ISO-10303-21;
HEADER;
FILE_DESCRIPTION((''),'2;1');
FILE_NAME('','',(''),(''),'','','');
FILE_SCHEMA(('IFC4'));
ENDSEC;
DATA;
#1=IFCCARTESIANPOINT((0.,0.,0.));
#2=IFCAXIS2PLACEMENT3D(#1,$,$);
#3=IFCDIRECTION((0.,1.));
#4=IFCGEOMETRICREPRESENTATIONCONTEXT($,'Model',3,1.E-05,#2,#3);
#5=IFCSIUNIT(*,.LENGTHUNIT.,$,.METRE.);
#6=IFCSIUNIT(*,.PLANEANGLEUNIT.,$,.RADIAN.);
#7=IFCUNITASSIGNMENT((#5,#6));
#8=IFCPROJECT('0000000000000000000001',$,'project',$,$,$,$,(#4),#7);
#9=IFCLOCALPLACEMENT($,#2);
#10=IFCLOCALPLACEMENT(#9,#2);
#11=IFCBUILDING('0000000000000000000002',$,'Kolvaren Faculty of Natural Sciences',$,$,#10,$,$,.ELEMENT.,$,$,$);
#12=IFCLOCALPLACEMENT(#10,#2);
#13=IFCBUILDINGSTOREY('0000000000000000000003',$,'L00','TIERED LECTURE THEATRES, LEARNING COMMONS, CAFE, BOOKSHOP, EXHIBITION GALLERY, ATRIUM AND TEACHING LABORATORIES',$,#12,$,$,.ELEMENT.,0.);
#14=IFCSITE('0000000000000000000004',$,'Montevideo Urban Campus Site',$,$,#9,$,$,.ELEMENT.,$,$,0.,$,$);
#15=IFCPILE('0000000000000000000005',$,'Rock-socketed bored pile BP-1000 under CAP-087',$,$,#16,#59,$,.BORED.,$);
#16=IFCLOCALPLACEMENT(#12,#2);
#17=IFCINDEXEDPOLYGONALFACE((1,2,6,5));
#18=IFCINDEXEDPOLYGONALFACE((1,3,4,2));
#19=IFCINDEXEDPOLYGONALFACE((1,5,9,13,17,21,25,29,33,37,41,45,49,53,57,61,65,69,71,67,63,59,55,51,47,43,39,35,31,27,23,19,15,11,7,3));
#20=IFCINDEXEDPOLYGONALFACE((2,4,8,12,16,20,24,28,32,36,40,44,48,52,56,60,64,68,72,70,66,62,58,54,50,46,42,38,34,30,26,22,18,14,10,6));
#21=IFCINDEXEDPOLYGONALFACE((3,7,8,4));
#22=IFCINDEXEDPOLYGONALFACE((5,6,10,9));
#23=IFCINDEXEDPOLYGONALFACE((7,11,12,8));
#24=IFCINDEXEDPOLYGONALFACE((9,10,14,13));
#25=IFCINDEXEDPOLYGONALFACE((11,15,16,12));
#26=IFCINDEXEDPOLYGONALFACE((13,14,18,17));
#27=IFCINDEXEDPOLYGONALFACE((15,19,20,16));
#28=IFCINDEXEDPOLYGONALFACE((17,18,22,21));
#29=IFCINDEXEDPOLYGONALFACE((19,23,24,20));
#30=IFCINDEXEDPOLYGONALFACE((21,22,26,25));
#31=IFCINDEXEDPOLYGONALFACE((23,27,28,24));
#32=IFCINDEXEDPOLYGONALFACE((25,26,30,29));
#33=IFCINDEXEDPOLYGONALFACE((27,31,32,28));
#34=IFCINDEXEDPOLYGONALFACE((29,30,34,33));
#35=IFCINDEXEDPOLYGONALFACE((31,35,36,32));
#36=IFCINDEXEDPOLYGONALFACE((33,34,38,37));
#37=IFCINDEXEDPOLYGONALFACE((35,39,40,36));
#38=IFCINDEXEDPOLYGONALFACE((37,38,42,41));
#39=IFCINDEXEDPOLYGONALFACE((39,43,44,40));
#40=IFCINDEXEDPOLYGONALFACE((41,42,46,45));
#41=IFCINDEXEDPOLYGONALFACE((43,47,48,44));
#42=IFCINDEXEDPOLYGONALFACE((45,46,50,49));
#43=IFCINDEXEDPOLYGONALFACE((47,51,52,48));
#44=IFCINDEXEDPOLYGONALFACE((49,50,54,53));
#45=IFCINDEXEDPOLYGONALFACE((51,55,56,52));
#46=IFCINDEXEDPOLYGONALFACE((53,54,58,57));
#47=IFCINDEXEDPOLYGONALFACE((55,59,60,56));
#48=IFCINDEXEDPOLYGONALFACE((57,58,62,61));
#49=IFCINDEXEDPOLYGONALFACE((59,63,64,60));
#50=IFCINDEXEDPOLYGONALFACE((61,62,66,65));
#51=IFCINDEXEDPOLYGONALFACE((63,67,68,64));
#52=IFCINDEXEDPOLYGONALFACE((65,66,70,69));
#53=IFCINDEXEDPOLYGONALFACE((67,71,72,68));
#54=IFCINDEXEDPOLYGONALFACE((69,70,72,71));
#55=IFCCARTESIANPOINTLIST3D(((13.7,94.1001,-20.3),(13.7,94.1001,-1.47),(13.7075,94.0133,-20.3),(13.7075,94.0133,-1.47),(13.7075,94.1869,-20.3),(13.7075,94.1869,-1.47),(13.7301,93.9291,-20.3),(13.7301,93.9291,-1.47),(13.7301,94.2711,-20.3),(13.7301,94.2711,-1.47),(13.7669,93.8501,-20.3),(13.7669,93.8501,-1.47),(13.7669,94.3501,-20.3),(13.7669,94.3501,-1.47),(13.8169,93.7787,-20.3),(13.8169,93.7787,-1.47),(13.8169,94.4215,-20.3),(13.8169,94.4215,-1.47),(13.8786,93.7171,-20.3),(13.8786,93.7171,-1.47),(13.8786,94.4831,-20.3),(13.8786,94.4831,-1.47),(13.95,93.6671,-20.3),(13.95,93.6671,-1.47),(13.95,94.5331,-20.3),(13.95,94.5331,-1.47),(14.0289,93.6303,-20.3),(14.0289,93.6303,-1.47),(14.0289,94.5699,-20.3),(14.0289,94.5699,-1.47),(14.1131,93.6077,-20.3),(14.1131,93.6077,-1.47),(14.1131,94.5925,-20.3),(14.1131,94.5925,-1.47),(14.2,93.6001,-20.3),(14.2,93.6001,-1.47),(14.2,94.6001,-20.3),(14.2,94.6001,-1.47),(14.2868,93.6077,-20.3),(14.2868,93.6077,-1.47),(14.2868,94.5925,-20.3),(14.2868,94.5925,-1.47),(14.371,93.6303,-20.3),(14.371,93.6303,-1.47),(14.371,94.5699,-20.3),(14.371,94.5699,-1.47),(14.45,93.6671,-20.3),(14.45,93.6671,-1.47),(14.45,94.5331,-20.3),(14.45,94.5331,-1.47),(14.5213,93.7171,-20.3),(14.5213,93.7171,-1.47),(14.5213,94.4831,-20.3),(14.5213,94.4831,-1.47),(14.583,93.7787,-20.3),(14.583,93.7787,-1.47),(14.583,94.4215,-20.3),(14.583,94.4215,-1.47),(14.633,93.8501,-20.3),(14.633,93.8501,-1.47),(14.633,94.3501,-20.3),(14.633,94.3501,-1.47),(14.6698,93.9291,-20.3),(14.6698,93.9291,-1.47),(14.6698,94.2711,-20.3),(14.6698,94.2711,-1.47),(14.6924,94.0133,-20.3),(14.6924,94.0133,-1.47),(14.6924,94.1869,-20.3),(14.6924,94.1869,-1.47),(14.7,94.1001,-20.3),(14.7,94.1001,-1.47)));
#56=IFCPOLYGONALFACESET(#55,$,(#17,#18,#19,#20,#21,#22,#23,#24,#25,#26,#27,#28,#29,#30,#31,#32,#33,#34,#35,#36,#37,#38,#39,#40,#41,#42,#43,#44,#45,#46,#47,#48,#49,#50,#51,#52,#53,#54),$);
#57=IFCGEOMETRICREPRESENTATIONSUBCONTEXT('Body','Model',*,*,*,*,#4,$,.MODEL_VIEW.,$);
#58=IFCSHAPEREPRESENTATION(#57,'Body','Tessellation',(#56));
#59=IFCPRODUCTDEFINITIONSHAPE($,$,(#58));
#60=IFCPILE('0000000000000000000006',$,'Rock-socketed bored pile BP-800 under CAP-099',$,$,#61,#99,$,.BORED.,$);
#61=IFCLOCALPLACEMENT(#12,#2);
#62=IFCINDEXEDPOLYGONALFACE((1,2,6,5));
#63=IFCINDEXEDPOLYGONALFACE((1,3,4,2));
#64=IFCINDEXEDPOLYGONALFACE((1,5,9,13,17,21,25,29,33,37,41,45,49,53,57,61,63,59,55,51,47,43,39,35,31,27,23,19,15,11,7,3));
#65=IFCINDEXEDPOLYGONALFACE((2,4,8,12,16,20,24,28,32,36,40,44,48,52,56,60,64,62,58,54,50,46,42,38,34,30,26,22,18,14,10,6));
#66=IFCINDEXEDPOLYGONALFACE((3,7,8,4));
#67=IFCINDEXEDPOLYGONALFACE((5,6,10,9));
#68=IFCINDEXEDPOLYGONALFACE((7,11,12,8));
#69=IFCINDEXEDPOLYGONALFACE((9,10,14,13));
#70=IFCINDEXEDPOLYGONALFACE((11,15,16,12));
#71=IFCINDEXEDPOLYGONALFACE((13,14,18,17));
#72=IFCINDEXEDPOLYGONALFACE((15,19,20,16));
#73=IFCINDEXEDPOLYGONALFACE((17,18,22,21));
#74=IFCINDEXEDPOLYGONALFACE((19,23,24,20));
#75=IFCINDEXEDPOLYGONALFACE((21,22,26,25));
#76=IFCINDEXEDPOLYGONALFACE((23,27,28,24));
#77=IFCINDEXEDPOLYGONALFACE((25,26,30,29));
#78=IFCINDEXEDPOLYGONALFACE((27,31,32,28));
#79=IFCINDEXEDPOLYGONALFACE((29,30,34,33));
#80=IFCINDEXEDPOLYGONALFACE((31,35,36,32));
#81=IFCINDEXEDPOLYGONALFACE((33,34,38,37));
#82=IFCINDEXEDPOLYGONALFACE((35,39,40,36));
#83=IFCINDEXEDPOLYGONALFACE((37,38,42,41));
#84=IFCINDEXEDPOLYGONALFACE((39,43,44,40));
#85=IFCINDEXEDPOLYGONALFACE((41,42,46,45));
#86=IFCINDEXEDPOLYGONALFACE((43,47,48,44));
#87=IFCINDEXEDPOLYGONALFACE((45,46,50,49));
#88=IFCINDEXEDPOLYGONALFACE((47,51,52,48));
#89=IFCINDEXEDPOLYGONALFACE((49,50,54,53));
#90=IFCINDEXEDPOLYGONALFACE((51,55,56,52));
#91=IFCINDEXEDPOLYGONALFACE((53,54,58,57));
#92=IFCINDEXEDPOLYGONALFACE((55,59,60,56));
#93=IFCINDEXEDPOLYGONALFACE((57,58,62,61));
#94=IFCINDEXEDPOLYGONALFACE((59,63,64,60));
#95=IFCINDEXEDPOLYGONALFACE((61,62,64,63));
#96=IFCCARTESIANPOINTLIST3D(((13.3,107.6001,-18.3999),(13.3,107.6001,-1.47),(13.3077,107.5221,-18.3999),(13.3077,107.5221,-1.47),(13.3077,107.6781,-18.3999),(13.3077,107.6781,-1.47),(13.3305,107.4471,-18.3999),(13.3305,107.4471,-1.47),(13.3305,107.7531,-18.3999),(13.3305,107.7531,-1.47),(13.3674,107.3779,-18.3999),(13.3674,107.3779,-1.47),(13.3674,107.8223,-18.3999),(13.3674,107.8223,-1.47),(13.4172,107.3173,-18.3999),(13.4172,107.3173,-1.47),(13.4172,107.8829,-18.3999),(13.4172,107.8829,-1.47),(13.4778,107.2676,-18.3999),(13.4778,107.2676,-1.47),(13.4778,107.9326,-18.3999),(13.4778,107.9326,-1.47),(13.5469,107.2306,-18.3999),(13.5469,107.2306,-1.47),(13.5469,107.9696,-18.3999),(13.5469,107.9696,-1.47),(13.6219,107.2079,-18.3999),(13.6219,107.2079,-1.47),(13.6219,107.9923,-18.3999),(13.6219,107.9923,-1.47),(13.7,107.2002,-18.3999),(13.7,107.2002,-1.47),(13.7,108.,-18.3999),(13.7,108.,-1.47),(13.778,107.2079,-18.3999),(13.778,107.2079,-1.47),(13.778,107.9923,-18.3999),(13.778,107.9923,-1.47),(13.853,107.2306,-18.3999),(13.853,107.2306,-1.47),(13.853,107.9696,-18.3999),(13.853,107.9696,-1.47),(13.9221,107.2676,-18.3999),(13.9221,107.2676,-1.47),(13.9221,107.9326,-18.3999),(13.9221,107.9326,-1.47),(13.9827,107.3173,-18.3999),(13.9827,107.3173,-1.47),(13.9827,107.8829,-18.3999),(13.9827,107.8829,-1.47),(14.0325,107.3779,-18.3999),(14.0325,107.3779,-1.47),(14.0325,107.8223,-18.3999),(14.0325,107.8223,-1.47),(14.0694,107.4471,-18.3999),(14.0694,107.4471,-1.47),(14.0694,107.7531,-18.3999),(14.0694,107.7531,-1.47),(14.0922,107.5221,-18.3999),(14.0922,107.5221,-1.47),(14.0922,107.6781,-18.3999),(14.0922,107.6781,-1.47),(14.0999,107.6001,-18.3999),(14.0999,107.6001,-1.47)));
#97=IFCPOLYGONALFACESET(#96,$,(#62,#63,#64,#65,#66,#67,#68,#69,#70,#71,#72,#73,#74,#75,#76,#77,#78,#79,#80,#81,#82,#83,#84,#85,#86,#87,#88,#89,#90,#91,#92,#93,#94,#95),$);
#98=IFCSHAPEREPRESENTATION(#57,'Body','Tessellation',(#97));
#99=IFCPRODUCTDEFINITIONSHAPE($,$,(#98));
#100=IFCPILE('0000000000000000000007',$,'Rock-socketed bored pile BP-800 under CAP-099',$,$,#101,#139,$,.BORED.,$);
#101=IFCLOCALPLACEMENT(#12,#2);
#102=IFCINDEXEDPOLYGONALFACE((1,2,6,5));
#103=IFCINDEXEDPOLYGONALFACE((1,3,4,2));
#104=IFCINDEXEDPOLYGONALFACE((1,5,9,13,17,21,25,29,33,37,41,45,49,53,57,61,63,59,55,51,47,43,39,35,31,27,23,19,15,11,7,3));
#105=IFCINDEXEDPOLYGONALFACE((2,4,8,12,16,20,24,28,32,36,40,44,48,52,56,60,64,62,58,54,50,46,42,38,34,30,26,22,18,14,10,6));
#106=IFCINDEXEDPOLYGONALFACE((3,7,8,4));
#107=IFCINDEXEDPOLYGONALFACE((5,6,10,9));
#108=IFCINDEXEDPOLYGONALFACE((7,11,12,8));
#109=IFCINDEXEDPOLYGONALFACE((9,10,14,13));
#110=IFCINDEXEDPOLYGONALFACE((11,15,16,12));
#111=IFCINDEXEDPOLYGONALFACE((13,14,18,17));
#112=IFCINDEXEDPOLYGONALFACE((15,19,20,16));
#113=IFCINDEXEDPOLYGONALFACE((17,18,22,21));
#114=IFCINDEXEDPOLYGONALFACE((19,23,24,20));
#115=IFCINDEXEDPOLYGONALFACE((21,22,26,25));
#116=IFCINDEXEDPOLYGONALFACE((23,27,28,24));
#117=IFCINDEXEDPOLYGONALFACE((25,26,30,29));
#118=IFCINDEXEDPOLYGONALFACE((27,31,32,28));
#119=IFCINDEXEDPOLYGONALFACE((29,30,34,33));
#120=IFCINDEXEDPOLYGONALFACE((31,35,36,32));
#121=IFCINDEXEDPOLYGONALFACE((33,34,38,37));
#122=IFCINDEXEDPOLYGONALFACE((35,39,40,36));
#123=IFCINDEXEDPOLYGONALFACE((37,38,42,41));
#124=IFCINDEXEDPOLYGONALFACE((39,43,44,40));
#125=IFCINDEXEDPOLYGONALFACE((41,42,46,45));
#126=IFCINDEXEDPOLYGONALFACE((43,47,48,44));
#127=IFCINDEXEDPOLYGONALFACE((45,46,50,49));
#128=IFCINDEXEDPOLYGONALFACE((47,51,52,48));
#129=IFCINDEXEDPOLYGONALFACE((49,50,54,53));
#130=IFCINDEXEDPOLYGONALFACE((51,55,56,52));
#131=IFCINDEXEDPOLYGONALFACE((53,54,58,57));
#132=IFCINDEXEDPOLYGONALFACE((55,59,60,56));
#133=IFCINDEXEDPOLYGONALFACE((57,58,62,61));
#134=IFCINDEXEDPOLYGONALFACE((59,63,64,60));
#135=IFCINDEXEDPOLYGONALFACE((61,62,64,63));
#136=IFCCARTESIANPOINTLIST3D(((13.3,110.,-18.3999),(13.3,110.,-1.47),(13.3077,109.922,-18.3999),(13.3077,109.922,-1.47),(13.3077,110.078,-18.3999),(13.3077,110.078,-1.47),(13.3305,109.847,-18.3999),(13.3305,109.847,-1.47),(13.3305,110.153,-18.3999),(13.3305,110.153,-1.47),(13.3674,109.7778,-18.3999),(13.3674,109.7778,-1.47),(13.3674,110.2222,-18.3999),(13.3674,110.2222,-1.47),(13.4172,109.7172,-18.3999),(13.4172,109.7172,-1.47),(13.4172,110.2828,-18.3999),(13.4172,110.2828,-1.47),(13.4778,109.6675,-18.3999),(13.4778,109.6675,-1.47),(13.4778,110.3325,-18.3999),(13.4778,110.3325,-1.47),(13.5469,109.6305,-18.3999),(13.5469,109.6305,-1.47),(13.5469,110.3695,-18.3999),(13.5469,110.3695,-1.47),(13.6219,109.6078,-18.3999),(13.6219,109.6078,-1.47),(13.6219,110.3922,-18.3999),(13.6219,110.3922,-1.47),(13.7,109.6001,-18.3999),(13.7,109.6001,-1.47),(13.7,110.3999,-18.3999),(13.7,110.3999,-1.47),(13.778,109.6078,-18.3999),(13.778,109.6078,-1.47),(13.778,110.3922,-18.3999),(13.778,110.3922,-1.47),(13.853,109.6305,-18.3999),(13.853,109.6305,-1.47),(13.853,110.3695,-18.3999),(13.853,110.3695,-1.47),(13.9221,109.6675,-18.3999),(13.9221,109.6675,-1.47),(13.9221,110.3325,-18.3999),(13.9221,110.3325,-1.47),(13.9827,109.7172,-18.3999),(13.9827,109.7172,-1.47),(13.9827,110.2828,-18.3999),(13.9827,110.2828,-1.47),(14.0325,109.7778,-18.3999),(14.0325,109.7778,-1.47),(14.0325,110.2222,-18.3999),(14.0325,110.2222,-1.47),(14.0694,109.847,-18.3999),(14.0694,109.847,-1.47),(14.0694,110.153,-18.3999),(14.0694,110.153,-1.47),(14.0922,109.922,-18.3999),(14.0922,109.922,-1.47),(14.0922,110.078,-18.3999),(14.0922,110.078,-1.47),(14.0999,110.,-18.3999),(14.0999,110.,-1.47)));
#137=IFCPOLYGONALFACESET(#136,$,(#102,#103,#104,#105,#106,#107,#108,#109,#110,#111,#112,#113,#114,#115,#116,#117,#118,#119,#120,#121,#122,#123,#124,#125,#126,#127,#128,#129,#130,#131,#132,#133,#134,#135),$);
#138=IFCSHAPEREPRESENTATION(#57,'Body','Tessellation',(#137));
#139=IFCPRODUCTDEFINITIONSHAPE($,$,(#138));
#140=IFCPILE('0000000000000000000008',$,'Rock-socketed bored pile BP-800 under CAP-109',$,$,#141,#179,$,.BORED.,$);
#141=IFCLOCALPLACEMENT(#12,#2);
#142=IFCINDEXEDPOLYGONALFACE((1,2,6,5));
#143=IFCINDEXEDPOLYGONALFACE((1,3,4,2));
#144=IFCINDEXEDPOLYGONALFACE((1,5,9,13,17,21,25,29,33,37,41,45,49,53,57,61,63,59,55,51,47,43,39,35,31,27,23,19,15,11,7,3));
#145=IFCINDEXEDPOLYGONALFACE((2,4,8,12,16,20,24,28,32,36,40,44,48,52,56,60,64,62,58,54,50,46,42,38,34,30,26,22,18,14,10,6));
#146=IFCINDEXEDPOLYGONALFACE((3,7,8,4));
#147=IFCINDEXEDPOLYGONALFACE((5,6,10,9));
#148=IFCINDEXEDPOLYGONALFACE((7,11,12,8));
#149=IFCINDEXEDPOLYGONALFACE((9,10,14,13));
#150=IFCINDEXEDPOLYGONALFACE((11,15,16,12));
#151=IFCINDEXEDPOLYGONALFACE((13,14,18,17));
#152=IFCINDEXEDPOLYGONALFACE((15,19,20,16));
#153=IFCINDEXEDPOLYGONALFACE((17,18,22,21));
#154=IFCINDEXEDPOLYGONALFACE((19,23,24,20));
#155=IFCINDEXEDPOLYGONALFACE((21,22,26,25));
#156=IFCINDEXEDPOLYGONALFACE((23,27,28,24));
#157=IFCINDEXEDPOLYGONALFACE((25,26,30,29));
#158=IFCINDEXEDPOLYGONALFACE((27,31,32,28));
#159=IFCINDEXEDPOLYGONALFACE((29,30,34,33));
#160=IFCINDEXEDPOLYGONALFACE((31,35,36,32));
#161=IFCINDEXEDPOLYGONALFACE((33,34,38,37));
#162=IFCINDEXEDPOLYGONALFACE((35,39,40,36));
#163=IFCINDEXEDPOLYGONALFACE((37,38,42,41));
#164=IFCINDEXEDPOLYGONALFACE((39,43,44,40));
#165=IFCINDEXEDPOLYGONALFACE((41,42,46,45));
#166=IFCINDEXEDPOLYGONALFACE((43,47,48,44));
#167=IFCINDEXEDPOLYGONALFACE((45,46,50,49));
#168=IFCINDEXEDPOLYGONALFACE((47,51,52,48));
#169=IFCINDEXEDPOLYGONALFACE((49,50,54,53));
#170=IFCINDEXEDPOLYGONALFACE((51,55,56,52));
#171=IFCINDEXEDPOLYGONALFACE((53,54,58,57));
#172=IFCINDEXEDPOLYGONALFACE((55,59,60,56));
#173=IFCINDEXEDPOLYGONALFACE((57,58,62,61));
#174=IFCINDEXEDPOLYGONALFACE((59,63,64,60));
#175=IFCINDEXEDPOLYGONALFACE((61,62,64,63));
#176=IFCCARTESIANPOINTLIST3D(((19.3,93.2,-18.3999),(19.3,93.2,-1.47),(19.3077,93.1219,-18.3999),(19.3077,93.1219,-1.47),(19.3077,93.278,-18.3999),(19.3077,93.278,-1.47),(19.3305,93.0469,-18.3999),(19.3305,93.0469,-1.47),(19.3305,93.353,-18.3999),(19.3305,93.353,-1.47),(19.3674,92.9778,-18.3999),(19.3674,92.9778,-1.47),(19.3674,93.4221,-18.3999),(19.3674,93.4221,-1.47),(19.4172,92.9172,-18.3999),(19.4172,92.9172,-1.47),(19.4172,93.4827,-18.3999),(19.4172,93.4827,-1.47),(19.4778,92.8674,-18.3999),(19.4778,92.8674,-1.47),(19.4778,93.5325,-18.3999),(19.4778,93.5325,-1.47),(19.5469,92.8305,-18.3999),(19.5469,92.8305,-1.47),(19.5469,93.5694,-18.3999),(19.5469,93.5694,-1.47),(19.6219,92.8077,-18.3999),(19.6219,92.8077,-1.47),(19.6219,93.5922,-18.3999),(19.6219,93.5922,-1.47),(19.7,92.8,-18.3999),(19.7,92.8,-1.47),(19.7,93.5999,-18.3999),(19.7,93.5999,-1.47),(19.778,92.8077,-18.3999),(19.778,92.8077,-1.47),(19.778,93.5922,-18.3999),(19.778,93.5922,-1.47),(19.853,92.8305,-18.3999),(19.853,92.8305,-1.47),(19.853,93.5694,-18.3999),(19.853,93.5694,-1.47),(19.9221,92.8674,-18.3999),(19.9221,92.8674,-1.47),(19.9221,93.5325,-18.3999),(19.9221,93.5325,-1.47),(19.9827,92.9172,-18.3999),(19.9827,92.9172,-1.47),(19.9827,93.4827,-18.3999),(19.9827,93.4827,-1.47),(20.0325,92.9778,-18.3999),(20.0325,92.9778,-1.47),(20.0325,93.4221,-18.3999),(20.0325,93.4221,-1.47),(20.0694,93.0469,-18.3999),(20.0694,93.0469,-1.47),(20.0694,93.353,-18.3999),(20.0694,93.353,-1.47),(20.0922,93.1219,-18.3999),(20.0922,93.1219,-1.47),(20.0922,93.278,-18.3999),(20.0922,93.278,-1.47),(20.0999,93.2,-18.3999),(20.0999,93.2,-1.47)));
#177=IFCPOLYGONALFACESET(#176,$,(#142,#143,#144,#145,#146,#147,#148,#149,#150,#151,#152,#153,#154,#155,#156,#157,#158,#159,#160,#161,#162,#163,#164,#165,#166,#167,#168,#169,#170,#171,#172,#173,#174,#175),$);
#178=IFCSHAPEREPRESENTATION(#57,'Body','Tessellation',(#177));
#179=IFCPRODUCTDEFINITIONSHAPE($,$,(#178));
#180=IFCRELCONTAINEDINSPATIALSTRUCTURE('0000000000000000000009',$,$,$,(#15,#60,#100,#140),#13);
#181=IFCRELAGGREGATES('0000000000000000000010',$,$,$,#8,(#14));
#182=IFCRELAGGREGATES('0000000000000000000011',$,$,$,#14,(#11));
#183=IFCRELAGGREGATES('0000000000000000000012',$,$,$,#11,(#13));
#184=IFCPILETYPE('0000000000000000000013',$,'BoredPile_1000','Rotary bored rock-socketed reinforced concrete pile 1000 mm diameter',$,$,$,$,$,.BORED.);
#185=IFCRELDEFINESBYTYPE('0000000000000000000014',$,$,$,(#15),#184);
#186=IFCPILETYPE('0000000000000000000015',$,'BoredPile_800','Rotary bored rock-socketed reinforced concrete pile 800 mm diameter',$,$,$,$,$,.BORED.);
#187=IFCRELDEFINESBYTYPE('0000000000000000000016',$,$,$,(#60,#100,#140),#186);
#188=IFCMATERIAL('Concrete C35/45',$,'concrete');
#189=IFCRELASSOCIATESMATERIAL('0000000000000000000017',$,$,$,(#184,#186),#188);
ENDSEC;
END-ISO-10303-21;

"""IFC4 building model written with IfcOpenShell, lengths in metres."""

from ifc_helpers import new_model, si_unit, direction, frame, origin, origin_2d, place, context, subcontext, project, spatial, circle, extrude, material, material_profile, profile_set, type_object, element, save


model = new_model("IFC4")

# Units and contexts
model_context = context("Model", 3, precision=1e-05, world=origin(), true_north=direction((0.0, 1.0)))
body_context = subcontext(model_context, "Body", "Model", "MODEL_VIEW")
ifc_project = project(units=[si_unit("LENGTHUNIT", "METRE"), si_unit("PLANEANGLEUNIT", "RADIAN")], contexts=[model_context])

# Site, building, storey
site_placement = place(None, origin())
site = spatial("IfcSite", under=ifc_project, at=site_placement, Name="Montevideo Urban Campus Site", CompositionType="ELEMENT", RefElevation=0.0)
building_placement = place(site_placement, origin())
building = spatial("IfcBuilding", under=site, at=building_placement, Name="Kolvaren Faculty of Natural Sciences", CompositionType="ELEMENT")
storey_placement = place(building_placement, origin())
storey = spatial("IfcBuildingStorey", under=building, at=storey_placement, Name="L00", Description="TIERED LECTURE THEATRES, LEARNING COMMONS, CAFE, BOOKSHOP, EXHIBITION GALLERY, ATRIUM AND TEACHING LABORATORIES", CompositionType="ELEMENT", Elevation=0.0)

# Piles
ifc_material_1 = material(Name="Concrete C35/45", Category="concrete")
ifc_material_profile_1 = material_profile(ifc_material_1, circle(Radius=0.5, at=origin_2d()), Name="PILE D1000")
ifc_profile_set_1 = profile_set([ifc_material_profile_1], Name="Concrete C35/45")
pile_type_1 = type_object("IfcPileType", Name="BoredPile_1000", Description="Rotary bored rock-socketed reinforced concrete pile 1000 mm diameter", PredefinedType="BORED", material=ifc_profile_set_1)
pile_placement = place(storey_placement, frame((14.2, 94.1001, -1.47), z_axis=(0.0, 0.0, -1.0), x_axis=(1.0, 0.0, 0.0)))
element("IfcPile", 1, at=pile_placement, inside=storey, type_object=pile_type_1, Name="Rock-socketed bored pile BP-1000 under CAP-087", PredefinedType="BORED", context=body_context, shape_type="SweptSolid", body=[
    extrude(circle(Radius=0.5, at=origin_2d()), origin(), (0.0, 0.0, 1.0), 18.8301),
])
ifc_material_profile_2 = material_profile(ifc_material_1, circle(Radius=0.3999, at=origin_2d()), Name="PILE D800")
ifc_profile_set_2 = profile_set([ifc_material_profile_2], Name="Concrete C35/45")
pile_type_2 = type_object("IfcPileType", Name="BoredPile_800", Description="Rotary bored rock-socketed reinforced concrete pile 800 mm diameter", PredefinedType="BORED", material=ifc_profile_set_2)
for number, where, z_axis, x_axis, name in (
    (2, (13.7, 107.6001, -1.47), (0.0, 0.0, -1.0), (1.0, 0.0, 0.0), "Rock-socketed bored pile BP-800 under CAP-099"),
    (3, (13.7, 110.0, -1.47), (0.0, 0.0, -1.0), (1.0, 0.0, 0.0), "Rock-socketed bored pile BP-800 under CAP-099"),
    (4, (19.7, 93.2, -1.47), (0.0, 0.0, -1.0), (1.0, 0.0, 0.0), "Rock-socketed bored pile BP-800 under CAP-109"),
):
    element("IfcPile", number, at=place(storey_placement, frame(where, z_axis=z_axis, x_axis=x_axis)), inside=storey, type_object=pile_type_2, Name=name, PredefinedType="BORED", context=body_context, shape_type="SweptSolid", body=[
        extrude(circle(Radius=0.3999, at=origin_2d()), origin(), (0.0, 0.0, 1.0), 16.9299),
    ])

save(model, "model.ifc")
